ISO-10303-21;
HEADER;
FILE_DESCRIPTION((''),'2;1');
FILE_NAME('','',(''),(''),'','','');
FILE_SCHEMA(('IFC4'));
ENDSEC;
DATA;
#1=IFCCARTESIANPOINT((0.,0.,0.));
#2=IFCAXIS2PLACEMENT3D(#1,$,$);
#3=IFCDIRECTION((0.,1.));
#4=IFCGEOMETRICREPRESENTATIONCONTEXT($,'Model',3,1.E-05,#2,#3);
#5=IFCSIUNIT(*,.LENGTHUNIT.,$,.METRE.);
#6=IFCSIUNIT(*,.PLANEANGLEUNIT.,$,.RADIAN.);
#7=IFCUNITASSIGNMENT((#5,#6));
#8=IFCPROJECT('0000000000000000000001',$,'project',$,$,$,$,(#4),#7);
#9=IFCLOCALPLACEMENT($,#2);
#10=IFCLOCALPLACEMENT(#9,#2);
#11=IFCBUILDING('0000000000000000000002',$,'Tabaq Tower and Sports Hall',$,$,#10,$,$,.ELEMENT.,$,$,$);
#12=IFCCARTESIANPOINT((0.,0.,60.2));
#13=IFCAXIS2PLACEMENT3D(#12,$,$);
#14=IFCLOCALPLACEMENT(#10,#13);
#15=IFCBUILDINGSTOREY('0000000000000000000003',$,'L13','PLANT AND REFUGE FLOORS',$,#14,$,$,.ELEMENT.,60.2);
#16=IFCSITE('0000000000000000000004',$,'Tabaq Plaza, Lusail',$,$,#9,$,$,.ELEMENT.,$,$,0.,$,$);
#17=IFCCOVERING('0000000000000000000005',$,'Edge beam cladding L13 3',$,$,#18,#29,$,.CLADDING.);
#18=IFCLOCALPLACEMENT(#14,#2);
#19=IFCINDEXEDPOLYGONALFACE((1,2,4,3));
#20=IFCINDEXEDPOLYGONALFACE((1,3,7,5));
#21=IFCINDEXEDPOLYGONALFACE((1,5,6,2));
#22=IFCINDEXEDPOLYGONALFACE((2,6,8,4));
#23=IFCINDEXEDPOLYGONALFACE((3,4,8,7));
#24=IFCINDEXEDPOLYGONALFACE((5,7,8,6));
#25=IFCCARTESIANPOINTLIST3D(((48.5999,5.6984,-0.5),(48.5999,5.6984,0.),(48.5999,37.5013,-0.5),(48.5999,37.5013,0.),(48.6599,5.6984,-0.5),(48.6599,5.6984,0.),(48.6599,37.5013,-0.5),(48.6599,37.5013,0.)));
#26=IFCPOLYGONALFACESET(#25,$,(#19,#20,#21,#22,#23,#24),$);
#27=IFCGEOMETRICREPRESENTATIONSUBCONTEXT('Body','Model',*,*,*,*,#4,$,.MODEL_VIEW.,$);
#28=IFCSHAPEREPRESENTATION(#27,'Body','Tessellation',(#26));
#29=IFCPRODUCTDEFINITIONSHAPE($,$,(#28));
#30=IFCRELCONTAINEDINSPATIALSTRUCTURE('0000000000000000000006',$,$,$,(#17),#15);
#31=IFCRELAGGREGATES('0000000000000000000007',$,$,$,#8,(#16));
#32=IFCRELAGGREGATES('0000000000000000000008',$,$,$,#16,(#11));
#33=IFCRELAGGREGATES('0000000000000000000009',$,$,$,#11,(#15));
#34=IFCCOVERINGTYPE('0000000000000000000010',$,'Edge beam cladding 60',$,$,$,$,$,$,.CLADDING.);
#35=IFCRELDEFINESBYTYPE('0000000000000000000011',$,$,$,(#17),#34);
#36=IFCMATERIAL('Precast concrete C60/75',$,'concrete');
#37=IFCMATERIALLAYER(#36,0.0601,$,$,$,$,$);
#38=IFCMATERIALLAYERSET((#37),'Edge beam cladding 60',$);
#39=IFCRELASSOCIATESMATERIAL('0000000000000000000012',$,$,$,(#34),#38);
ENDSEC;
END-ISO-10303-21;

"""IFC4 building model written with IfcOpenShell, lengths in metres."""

from ifc_helpers import new_model, si_unit, direction, frame, frame_2d, origin, place, context, subcontext, project, spatial, rectangle, extrude, material, layer, layer_set, type_object, element, save


model = new_model("IFC4")

# Units and contexts
model_context = context("Model", 3, precision=1e-05, world=origin(), true_north=direction((0.0, 1.0)))
body_context = subcontext(model_context, "Body", "Model", "MODEL_VIEW")
ifc_project = project(units=[si_unit("LENGTHUNIT", "METRE"), si_unit("PLANEANGLEUNIT", "RADIAN")], contexts=[model_context])

# Site, building, storey
site_placement = place(None, origin())
site = spatial("IfcSite", under=ifc_project, at=site_placement, Name="Tabaq Plaza, Lusail", CompositionType="ELEMENT", RefElevation=0.0)
building_placement = place(site_placement, origin())
building = spatial("IfcBuilding", under=site, at=building_placement, Name="Tabaq Tower and Sports Hall", CompositionType="ELEMENT")
storey_placement = place(building_placement, frame((0.0, 0.0, 60.2)))
storey = spatial("IfcBuildingStorey", under=building, at=storey_placement, Name="L13", Description="PLANT AND REFUGE FLOORS", CompositionType="ELEMENT", Elevation=60.2)

# Covering
ifc_material_1 = material(Name="Precast concrete C60/75", Category="concrete")
ifc_layer_1 = layer(ifc_material_1, 0.0601)
ifc_layer_set_1 = layer_set([ifc_layer_1], Name="Edge beam cladding 60")
covering_type_1 = type_object("IfcCoveringType", Name="Edge beam cladding 60", PredefinedType="CLADDING", material=ifc_layer_set_1)
covering_1_placement = place(storey_placement, frame((48.6299, 5.6985, -0.5), z_axis=(0.0, 0.0, 1.0), x_axis=(0.0, 1.0, 0.0)))
element("IfcCovering", 1, at=covering_1_placement, inside=storey, type_object=covering_type_1, Name="Edge beam cladding L13 3", PredefinedType="CLADDING", context=body_context, shape_type="SweptSolid", body=[
    extrude(rectangle(XDim=31.803, YDim=0.0601, at=frame_2d((15.9014, 0.0))), origin(), (0.0, 0.0, 1.0), 0.5),
])

save(model, "model.ifc")
